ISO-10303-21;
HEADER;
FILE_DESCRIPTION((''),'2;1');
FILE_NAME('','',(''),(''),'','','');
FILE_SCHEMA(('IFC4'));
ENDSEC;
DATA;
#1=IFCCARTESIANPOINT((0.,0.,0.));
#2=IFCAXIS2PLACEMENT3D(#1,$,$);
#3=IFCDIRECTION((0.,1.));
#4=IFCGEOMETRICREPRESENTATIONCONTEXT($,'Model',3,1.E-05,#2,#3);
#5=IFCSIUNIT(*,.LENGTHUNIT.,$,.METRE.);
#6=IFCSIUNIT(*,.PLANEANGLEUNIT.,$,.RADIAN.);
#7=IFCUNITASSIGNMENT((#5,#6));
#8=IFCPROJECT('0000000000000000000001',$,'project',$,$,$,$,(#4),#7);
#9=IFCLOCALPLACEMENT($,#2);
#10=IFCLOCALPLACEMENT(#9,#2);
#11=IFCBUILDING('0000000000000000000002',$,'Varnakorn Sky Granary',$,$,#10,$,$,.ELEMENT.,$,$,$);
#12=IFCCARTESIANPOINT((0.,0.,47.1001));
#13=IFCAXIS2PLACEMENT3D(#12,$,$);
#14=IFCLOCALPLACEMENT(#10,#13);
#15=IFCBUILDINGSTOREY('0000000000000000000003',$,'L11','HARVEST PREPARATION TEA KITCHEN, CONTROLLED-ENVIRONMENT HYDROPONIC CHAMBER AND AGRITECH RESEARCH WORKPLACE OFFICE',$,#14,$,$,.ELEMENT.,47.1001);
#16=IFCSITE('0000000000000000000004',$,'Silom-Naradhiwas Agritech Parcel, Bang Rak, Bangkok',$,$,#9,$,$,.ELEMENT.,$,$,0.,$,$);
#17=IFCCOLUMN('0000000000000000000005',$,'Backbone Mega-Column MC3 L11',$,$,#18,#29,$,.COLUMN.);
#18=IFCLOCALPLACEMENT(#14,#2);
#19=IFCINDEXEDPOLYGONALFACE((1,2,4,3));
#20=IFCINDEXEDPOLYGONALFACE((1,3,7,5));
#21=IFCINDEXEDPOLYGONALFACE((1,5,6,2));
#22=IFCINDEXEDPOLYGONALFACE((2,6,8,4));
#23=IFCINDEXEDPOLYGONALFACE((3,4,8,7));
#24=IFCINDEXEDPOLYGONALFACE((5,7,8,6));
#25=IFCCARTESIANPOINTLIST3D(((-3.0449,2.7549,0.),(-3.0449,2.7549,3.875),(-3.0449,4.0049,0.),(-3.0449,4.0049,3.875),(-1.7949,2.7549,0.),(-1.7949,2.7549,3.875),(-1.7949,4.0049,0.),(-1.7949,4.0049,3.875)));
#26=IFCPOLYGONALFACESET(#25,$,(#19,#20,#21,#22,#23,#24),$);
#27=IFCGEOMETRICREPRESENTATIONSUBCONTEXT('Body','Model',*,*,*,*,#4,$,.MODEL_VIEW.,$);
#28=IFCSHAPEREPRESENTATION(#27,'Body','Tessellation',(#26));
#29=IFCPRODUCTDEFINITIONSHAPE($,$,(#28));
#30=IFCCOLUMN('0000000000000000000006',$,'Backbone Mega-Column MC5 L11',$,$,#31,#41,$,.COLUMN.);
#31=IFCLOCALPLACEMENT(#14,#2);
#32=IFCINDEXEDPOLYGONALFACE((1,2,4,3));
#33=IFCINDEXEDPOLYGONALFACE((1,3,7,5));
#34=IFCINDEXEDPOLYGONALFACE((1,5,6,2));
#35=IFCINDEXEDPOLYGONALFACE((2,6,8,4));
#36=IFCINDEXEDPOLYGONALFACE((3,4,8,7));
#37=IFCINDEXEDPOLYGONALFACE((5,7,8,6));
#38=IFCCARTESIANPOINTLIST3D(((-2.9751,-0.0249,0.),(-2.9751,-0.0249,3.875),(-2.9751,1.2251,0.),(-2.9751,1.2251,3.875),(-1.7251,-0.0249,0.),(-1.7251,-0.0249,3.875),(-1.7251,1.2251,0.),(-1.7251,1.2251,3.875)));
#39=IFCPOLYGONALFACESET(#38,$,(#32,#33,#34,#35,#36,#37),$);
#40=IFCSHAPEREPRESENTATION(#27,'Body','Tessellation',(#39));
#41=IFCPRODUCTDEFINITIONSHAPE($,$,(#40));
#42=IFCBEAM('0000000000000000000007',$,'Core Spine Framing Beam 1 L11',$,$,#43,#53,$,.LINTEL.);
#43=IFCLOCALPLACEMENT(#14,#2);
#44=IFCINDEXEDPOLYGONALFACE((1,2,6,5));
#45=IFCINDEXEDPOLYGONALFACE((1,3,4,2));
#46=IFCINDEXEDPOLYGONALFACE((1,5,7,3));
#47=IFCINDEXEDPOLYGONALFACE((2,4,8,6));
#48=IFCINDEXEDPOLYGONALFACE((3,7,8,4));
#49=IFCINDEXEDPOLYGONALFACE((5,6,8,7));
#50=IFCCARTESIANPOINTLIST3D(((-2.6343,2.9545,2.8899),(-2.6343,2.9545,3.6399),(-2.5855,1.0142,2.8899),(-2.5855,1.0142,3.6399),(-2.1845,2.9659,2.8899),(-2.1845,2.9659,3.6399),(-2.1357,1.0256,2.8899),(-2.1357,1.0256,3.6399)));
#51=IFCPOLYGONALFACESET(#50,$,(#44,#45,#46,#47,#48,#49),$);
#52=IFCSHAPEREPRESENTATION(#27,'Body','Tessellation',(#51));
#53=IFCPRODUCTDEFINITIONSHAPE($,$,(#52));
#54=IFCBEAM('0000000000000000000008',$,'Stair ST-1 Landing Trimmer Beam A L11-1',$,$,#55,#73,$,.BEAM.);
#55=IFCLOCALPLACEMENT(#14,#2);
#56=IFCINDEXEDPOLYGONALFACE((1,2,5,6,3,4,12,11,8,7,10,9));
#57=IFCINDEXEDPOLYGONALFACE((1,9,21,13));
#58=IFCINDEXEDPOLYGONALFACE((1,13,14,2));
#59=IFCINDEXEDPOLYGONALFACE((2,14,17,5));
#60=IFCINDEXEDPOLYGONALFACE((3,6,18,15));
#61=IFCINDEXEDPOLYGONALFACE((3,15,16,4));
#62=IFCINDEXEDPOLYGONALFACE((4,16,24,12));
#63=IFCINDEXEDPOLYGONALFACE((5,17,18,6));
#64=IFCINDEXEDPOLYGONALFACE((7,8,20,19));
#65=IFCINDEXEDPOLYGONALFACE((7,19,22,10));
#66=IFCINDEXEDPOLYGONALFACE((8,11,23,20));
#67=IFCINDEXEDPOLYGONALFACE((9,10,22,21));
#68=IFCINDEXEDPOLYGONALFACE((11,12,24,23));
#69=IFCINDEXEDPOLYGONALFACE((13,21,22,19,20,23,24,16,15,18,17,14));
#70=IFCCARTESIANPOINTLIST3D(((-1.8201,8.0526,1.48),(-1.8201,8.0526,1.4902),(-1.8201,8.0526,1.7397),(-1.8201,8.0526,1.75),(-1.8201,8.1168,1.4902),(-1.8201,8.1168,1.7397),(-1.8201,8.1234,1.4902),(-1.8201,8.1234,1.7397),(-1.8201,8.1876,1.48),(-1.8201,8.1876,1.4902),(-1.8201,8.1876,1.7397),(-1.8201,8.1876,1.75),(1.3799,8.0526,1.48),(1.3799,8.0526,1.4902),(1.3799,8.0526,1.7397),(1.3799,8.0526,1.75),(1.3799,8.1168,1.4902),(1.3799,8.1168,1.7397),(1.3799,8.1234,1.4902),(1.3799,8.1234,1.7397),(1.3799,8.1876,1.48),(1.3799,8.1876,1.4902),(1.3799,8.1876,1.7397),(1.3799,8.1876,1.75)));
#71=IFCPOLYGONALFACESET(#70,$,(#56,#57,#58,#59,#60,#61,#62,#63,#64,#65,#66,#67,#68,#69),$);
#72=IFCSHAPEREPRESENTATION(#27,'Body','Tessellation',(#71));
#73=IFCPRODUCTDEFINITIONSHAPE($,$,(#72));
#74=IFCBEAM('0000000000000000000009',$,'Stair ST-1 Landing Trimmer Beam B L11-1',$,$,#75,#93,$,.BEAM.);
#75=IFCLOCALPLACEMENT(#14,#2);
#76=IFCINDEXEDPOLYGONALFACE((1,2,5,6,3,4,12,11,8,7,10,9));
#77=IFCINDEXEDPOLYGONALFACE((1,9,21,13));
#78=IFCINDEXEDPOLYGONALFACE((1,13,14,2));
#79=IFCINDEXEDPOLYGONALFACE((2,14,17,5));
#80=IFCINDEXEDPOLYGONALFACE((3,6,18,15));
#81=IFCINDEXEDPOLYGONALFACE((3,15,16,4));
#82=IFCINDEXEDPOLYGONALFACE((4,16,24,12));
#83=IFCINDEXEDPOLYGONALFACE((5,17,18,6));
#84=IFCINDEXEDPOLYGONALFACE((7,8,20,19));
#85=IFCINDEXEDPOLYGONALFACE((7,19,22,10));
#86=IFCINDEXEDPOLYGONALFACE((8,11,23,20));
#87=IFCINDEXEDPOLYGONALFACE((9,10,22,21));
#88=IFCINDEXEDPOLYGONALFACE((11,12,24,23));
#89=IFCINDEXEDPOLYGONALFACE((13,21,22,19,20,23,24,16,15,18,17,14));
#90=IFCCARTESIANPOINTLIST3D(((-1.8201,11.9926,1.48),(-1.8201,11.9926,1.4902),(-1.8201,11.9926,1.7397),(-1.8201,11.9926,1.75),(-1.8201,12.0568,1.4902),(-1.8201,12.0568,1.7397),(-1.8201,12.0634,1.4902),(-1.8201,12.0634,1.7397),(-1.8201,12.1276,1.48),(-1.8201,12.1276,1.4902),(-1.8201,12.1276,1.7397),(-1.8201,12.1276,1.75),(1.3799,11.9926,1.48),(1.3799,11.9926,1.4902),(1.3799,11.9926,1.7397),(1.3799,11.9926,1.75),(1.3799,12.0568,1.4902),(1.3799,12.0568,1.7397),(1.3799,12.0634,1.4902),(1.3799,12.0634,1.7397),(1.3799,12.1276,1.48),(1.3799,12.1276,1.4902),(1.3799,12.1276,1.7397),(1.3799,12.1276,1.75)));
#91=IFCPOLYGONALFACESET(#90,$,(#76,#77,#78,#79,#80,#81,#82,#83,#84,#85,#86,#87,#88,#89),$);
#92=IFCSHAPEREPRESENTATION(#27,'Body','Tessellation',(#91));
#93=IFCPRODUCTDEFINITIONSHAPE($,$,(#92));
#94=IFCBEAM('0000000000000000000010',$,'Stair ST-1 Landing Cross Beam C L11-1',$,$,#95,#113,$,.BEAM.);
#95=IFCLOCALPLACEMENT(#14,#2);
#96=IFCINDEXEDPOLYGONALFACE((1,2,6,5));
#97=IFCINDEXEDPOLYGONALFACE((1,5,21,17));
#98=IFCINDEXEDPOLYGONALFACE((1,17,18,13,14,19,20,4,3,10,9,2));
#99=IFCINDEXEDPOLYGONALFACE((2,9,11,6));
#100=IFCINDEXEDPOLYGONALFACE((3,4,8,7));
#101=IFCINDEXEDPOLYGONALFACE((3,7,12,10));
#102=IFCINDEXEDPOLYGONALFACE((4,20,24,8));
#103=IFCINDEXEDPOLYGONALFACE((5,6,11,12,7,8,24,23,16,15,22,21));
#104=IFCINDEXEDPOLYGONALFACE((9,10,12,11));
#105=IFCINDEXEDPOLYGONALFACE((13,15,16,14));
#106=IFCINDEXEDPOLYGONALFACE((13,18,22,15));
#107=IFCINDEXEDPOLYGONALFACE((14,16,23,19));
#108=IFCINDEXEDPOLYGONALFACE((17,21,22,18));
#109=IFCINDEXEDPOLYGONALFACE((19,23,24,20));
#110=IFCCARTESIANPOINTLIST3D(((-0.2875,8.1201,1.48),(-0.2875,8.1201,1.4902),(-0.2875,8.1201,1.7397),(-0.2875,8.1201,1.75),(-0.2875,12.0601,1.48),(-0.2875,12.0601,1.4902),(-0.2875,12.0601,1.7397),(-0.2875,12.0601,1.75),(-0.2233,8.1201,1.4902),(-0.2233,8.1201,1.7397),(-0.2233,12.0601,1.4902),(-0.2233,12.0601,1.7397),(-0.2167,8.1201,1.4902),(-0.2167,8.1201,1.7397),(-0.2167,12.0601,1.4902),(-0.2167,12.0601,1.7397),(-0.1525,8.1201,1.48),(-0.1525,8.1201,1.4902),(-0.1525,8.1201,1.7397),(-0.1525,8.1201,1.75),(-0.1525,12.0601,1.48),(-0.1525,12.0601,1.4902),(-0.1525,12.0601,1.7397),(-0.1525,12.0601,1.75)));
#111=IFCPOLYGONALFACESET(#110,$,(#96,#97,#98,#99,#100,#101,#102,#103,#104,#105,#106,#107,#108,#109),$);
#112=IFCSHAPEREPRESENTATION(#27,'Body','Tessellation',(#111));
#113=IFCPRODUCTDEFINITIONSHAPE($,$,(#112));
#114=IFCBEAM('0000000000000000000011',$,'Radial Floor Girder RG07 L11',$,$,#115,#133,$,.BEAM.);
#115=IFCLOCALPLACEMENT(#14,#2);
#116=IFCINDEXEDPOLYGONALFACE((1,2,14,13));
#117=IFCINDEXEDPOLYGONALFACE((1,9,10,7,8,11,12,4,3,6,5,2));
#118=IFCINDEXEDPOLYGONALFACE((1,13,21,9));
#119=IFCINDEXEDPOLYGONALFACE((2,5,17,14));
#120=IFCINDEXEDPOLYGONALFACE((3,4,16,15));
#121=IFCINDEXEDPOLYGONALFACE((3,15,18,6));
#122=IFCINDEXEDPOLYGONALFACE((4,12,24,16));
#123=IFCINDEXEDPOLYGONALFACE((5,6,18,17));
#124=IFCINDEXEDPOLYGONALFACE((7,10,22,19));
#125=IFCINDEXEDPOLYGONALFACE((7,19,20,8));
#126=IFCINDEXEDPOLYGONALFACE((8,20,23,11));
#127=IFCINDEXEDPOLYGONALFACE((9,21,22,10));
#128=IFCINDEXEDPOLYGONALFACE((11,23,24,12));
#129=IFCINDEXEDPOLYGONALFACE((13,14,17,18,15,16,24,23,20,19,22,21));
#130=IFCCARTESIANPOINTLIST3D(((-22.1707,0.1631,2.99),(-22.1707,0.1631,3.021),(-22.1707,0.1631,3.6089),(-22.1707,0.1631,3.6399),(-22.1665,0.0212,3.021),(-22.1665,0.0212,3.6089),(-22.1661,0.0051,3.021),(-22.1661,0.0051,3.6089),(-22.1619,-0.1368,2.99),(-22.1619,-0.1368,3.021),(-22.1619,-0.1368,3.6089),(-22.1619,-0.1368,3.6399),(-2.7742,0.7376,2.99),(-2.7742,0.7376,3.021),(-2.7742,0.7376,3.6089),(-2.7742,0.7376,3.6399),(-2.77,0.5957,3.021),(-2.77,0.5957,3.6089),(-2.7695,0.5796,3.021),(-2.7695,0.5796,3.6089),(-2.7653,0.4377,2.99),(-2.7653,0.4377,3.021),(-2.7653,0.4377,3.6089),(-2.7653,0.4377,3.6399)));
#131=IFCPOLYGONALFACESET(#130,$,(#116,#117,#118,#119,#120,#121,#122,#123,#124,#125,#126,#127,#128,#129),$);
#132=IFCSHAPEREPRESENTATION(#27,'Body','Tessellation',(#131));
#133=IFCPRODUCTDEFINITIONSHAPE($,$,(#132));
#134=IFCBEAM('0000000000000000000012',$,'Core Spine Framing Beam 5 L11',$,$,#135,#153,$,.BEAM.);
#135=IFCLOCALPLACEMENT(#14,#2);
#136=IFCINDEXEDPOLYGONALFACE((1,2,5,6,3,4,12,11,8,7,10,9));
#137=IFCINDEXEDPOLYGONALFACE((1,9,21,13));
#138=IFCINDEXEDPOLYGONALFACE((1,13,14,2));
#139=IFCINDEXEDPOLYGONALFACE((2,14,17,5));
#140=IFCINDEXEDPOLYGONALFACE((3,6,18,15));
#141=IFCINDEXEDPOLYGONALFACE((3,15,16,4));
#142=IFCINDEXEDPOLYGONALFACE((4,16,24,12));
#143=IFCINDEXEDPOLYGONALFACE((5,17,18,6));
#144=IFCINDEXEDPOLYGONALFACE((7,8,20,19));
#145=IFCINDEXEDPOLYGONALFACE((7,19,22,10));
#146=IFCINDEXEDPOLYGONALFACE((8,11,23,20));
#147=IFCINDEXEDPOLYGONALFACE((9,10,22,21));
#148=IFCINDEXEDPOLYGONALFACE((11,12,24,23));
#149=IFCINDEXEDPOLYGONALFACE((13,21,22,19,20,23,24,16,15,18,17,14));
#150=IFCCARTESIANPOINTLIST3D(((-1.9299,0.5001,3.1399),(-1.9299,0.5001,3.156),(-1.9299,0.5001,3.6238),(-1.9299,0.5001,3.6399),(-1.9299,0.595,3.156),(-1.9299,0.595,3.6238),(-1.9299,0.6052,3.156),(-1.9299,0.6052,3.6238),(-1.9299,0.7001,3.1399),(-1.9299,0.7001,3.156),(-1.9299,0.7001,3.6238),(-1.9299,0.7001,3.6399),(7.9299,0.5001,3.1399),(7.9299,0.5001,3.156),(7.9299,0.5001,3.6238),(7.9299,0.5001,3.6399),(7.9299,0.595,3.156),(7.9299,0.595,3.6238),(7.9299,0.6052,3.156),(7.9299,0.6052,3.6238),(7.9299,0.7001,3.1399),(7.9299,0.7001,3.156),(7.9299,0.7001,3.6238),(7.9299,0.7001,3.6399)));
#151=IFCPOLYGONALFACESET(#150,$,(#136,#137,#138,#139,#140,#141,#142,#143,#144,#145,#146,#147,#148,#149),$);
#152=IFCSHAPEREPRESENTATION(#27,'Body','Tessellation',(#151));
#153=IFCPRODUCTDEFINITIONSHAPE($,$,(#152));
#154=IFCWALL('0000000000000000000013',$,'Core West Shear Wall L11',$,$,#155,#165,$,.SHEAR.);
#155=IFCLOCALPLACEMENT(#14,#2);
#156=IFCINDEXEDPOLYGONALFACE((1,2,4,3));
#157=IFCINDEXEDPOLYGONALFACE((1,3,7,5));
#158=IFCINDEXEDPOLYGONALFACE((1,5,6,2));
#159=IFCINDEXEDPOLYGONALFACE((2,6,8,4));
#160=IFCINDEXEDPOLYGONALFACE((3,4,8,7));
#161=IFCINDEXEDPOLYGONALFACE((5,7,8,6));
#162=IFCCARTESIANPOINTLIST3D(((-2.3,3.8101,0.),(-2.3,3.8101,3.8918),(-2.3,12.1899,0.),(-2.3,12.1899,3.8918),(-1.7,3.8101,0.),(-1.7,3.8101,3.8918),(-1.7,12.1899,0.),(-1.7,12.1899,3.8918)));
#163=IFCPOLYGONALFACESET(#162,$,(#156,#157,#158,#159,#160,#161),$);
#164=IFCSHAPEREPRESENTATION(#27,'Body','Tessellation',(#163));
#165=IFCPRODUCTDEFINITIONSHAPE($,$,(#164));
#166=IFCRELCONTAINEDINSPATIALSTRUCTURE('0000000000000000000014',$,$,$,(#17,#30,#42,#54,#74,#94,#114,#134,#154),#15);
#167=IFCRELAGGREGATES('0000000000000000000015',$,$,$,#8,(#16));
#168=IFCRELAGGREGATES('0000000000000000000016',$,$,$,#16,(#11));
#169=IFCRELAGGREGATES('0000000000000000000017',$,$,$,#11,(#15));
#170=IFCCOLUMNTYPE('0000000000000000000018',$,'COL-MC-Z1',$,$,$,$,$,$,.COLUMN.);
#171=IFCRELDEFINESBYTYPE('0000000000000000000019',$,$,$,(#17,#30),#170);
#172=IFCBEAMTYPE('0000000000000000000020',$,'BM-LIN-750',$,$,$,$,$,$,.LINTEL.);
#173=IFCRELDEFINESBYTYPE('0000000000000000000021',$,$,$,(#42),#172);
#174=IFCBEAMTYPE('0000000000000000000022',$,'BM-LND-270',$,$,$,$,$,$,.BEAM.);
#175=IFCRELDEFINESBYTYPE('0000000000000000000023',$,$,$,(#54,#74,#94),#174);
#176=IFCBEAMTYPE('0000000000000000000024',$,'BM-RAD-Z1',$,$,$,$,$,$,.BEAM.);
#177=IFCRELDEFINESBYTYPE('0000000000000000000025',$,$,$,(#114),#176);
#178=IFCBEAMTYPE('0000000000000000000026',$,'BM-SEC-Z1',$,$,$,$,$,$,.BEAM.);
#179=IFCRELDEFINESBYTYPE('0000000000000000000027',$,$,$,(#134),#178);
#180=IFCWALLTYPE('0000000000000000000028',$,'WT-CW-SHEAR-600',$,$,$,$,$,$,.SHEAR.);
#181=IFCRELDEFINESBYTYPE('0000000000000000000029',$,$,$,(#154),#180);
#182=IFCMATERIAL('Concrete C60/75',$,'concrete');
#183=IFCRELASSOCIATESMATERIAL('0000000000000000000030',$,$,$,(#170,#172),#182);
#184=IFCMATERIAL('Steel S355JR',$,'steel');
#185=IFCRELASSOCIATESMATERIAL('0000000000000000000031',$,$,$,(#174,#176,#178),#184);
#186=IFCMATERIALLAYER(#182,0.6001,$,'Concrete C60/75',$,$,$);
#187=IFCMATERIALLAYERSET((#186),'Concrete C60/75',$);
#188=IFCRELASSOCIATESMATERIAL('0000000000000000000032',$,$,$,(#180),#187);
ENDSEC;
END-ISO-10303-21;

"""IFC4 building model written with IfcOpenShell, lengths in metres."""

from ifc_helpers import new_model, si_unit, direction, frame, frame_2d, origin, origin_2d, place, context, subcontext, project, spatial, rectangle, i_section, extrude, material, layer, layer_set, material_profile, profile_set, type_object, element, save


model = new_model("IFC4")

# Units and contexts
model_context = context("Model", 3, precision=1e-05, world=origin(), true_north=direction((0.0, 1.0)))
body_context = subcontext(model_context, "Body", "Model", "MODEL_VIEW")
ifc_project = project(units=[si_unit("LENGTHUNIT", "METRE"), si_unit("PLANEANGLEUNIT", "RADIAN")], contexts=[model_context])

# Site, building, storey
site_placement = place(None, origin())
site = spatial("IfcSite", under=ifc_project, at=site_placement, Name="Silom-Naradhiwas Agritech Parcel, Bang Rak, Bangkok", CompositionType="ELEMENT", RefElevation=0.0)
building_placement = place(site_placement, origin())
building = spatial("IfcBuilding", under=site, at=building_placement, Name="Varnakorn Sky Granary", CompositionType="ELEMENT")
storey_placement = place(building_placement, frame((0.0, 0.0, 47.1001)))
storey = spatial("IfcBuildingStorey", under=building, at=storey_placement, Name="L11", Description="HARVEST PREPARATION TEA KITCHEN, CONTROLLED-ENVIRONMENT HYDROPONIC CHAMBER AND AGRITECH RESEARCH WORKPLACE OFFICE", CompositionType="ELEMENT", Elevation=47.1001)

# Columns
ifc_material_1 = material(Name="Concrete C60/75", Category="concrete")
ifc_material_profile_1 = material_profile(ifc_material_1, rectangle(XDim=1.25, YDim=1.25, at=origin_2d()), Name="RC 1250x1250")
ifc_profile_set_1 = profile_set([ifc_material_profile_1], Name="Concrete C60/75")
column_type = type_object("IfcColumnType", Name="COL-MC-Z1", PredefinedType="COLUMN", material=ifc_profile_set_1)
for number, where, z_axis, x_axis, name in (
    (1, (-2.4199, 3.3799, 0.0), (0.0, 0.0, 1.0), (1.0, 0.0, 0.0), "Backbone Mega-Column MC3 L11"),
    (2, (-2.3501, 0.6001, 0.0), (0.0, 0.0, 1.0), (1.0, 0.0, 0.0), "Backbone Mega-Column MC5 L11"),
):
    element("IfcColumn", number, at=place(storey_placement, frame(where, z_axis=z_axis, x_axis=x_axis)), inside=storey, type_object=column_type, Name=name, PredefinedType="COLUMN", context=body_context, shape_type="SweptSolid", body=[
        extrude(rectangle(XDim=1.25, YDim=1.25, at=origin_2d()), origin(), (0.0, 0.0, 1.0), 3.875),
    ])

# Beams
ifc_material_profile_2 = material_profile(ifc_material_1, rectangle(XDim=0.45, YDim=0.75, at=origin_2d()), Name="RC 450x750")
ifc_profile_set_2 = profile_set([ifc_material_profile_2], Name="Concrete C60/75")
beam_type_1 = type_object("IfcBeamType", Name="BM-LIN-750", PredefinedType="LINTEL", material=ifc_profile_set_2)
beam_1_placement = place(storey_placement, frame((-2.4094, 2.9602, 3.2649), z_axis=(0.025159, -0.999683, 0.0), x_axis=(0.999683, 0.025159, 0.0)))
element("IfcBeam", 3, at=beam_1_placement, inside=storey, type_object=beam_type_1, Name="Core Spine Framing Beam 1 L11", PredefinedType="LINTEL", context=body_context, shape_type="SweptSolid", body=[
    extrude(rectangle(XDim=0.45, YDim=0.75, at=origin_2d()), origin(), (0.0, 0.0, 1.0), 1.9409),
])
ifc_material_2 = material(Name="Steel S355JR", Category="steel")
ifc_material_profile_3 = material_profile(ifc_material_2, i_section(OverallWidth=0.135, OverallDepth=0.27, WebThickness=0.0066, FlangeThickness=0.0103, at=origin_2d()), Name="IPE 270")
ifc_profile_set_3 = profile_set([ifc_material_profile_3], Name="Steel S355JR")
beam_type_2 = type_object("IfcBeamType", Name="BM-LND-270", PredefinedType="BEAM", material=ifc_profile_set_3)
for number, where, z_axis, x_axis, name in (
    (4, (-1.8201, 8.1201, 1.615), (1.0, 0.0, 0.0), (0.0, 1.0, 0.0), "Stair ST-1 Landing Trimmer Beam A L11-1"),
    (5, (-1.8201, 12.0601, 1.615), (1.0, 0.0, 0.0), (0.0, 1.0, 0.0), "Stair ST-1 Landing Trimmer Beam B L11-1"),
):
    element("IfcBeam", number, at=place(storey_placement, frame(where, z_axis=z_axis, x_axis=x_axis)), inside=storey, type_object=beam_type_2, Name=name, PredefinedType="BEAM", context=body_context, shape_type="SweptSolid", body=[
        extrude(i_section(OverallWidth=0.135, OverallDepth=0.27, WebThickness=0.0066, FlangeThickness=0.0103, at=origin_2d()), origin(), (0.0, 0.0, 1.0), 3.2),
    ])
beam_2_placement = place(storey_placement, frame((-0.22, 8.1201, 1.615), z_axis=(0.0, 1.0, 0.0), x_axis=(-1.0, 0.0, 0.0)))
element("IfcBeam", 6, at=beam_2_placement, inside=storey, type_object=beam_type_2, Name="Stair ST-1 Landing Cross Beam C L11-1", PredefinedType="BEAM", context=body_context, shape_type="SweptSolid", body=[
    extrude(i_section(OverallWidth=0.135, OverallDepth=0.27, WebThickness=0.0066, FlangeThickness=0.0103, at=origin_2d()), origin(), (0.0, 0.0, 1.0), 3.9399),
])
ifc_material_profile_4 = material_profile(ifc_material_2, i_section(OverallWidth=0.3, OverallDepth=0.6499, WebThickness=0.0161, FlangeThickness=0.031, at=origin_2d()), Name="HE 650 B")
ifc_profile_set_4 = profile_set([ifc_material_profile_4], Name="Steel S355JR")
beam_type_3 = type_object("IfcBeamType", Name="BM-RAD-Z1", PredefinedType="BEAM", material=ifc_profile_set_4)
beam_3_placement = place(storey_placement, frame((-2.7698, 0.5876, 3.3149), z_axis=(-0.999562, -0.029604, 0.0), x_axis=(0.029604, -0.999562, 0.0)))
element("IfcBeam", 7, at=beam_3_placement, inside=storey, type_object=beam_type_3, Name="Radial Floor Girder RG07 L11", PredefinedType="BEAM", context=body_context, shape_type="SweptSolid", body=[
    extrude(i_section(OverallWidth=0.3, OverallDepth=0.6499, WebThickness=0.0161, FlangeThickness=0.031, at=origin_2d()), origin(), (0.0, 0.0, 1.0), 19.405),
])
ifc_material_profile_5 = material_profile(ifc_material_2, i_section(OverallWidth=0.2, OverallDepth=0.5, WebThickness=0.0103, FlangeThickness=0.0161, at=origin_2d()), Name="IPE 500")
ifc_profile_set_5 = profile_set([ifc_material_profile_5], Name="Steel S355JR")
beam_type_4 = type_object("IfcBeamType", Name="BM-SEC-Z1", PredefinedType="BEAM", material=ifc_profile_set_5)
beam_4_placement = place(storey_placement, frame((-1.9299, 0.6001, 3.3899), z_axis=(1.0, 0.0, 0.0), x_axis=(0.0, 1.0, 0.0)))
element("IfcBeam", 8, at=beam_4_placement, inside=storey, type_object=beam_type_4, Name="Core Spine Framing Beam 5 L11", PredefinedType="BEAM", context=body_context, shape_type="SweptSolid", body=[
    extrude(i_section(OverallWidth=0.2, OverallDepth=0.5, WebThickness=0.0103, FlangeThickness=0.0161, at=origin_2d()), origin(), (0.0, 0.0, 1.0), 9.8599),
])

# Shared definitions
ifc_layer_1 = layer(ifc_material_1, 0.6001, Name="Concrete C60/75")
ifc_layer_set_1 = layer_set([ifc_layer_1], Name="Concrete C60/75")
wall_type_1 = type_object("IfcWallType", Name="WT-CW-SHEAR-600", PredefinedType="SHEAR", material=ifc_layer_set_1)

# Wall
wall_1_placement = place(storey_placement, frame((-2.0, 3.8101, 0.0), z_axis=(0.0, 0.0, 1.0), x_axis=(0.0, 1.0, 0.0)))
element("IfcWall", 9, at=wall_1_placement, inside=storey, type_object=wall_type_1, Name="Core West Shear Wall L11", PredefinedType="SHEAR", context=body_context, shape_type="SweptSolid", body=[
    extrude(rectangle(XDim=8.3799, YDim=0.6001, at=frame_2d((4.1899, 0.0))), origin(), (0.0, 0.0, 1.0), 3.8918),
])

save(model, "model.ifc")
